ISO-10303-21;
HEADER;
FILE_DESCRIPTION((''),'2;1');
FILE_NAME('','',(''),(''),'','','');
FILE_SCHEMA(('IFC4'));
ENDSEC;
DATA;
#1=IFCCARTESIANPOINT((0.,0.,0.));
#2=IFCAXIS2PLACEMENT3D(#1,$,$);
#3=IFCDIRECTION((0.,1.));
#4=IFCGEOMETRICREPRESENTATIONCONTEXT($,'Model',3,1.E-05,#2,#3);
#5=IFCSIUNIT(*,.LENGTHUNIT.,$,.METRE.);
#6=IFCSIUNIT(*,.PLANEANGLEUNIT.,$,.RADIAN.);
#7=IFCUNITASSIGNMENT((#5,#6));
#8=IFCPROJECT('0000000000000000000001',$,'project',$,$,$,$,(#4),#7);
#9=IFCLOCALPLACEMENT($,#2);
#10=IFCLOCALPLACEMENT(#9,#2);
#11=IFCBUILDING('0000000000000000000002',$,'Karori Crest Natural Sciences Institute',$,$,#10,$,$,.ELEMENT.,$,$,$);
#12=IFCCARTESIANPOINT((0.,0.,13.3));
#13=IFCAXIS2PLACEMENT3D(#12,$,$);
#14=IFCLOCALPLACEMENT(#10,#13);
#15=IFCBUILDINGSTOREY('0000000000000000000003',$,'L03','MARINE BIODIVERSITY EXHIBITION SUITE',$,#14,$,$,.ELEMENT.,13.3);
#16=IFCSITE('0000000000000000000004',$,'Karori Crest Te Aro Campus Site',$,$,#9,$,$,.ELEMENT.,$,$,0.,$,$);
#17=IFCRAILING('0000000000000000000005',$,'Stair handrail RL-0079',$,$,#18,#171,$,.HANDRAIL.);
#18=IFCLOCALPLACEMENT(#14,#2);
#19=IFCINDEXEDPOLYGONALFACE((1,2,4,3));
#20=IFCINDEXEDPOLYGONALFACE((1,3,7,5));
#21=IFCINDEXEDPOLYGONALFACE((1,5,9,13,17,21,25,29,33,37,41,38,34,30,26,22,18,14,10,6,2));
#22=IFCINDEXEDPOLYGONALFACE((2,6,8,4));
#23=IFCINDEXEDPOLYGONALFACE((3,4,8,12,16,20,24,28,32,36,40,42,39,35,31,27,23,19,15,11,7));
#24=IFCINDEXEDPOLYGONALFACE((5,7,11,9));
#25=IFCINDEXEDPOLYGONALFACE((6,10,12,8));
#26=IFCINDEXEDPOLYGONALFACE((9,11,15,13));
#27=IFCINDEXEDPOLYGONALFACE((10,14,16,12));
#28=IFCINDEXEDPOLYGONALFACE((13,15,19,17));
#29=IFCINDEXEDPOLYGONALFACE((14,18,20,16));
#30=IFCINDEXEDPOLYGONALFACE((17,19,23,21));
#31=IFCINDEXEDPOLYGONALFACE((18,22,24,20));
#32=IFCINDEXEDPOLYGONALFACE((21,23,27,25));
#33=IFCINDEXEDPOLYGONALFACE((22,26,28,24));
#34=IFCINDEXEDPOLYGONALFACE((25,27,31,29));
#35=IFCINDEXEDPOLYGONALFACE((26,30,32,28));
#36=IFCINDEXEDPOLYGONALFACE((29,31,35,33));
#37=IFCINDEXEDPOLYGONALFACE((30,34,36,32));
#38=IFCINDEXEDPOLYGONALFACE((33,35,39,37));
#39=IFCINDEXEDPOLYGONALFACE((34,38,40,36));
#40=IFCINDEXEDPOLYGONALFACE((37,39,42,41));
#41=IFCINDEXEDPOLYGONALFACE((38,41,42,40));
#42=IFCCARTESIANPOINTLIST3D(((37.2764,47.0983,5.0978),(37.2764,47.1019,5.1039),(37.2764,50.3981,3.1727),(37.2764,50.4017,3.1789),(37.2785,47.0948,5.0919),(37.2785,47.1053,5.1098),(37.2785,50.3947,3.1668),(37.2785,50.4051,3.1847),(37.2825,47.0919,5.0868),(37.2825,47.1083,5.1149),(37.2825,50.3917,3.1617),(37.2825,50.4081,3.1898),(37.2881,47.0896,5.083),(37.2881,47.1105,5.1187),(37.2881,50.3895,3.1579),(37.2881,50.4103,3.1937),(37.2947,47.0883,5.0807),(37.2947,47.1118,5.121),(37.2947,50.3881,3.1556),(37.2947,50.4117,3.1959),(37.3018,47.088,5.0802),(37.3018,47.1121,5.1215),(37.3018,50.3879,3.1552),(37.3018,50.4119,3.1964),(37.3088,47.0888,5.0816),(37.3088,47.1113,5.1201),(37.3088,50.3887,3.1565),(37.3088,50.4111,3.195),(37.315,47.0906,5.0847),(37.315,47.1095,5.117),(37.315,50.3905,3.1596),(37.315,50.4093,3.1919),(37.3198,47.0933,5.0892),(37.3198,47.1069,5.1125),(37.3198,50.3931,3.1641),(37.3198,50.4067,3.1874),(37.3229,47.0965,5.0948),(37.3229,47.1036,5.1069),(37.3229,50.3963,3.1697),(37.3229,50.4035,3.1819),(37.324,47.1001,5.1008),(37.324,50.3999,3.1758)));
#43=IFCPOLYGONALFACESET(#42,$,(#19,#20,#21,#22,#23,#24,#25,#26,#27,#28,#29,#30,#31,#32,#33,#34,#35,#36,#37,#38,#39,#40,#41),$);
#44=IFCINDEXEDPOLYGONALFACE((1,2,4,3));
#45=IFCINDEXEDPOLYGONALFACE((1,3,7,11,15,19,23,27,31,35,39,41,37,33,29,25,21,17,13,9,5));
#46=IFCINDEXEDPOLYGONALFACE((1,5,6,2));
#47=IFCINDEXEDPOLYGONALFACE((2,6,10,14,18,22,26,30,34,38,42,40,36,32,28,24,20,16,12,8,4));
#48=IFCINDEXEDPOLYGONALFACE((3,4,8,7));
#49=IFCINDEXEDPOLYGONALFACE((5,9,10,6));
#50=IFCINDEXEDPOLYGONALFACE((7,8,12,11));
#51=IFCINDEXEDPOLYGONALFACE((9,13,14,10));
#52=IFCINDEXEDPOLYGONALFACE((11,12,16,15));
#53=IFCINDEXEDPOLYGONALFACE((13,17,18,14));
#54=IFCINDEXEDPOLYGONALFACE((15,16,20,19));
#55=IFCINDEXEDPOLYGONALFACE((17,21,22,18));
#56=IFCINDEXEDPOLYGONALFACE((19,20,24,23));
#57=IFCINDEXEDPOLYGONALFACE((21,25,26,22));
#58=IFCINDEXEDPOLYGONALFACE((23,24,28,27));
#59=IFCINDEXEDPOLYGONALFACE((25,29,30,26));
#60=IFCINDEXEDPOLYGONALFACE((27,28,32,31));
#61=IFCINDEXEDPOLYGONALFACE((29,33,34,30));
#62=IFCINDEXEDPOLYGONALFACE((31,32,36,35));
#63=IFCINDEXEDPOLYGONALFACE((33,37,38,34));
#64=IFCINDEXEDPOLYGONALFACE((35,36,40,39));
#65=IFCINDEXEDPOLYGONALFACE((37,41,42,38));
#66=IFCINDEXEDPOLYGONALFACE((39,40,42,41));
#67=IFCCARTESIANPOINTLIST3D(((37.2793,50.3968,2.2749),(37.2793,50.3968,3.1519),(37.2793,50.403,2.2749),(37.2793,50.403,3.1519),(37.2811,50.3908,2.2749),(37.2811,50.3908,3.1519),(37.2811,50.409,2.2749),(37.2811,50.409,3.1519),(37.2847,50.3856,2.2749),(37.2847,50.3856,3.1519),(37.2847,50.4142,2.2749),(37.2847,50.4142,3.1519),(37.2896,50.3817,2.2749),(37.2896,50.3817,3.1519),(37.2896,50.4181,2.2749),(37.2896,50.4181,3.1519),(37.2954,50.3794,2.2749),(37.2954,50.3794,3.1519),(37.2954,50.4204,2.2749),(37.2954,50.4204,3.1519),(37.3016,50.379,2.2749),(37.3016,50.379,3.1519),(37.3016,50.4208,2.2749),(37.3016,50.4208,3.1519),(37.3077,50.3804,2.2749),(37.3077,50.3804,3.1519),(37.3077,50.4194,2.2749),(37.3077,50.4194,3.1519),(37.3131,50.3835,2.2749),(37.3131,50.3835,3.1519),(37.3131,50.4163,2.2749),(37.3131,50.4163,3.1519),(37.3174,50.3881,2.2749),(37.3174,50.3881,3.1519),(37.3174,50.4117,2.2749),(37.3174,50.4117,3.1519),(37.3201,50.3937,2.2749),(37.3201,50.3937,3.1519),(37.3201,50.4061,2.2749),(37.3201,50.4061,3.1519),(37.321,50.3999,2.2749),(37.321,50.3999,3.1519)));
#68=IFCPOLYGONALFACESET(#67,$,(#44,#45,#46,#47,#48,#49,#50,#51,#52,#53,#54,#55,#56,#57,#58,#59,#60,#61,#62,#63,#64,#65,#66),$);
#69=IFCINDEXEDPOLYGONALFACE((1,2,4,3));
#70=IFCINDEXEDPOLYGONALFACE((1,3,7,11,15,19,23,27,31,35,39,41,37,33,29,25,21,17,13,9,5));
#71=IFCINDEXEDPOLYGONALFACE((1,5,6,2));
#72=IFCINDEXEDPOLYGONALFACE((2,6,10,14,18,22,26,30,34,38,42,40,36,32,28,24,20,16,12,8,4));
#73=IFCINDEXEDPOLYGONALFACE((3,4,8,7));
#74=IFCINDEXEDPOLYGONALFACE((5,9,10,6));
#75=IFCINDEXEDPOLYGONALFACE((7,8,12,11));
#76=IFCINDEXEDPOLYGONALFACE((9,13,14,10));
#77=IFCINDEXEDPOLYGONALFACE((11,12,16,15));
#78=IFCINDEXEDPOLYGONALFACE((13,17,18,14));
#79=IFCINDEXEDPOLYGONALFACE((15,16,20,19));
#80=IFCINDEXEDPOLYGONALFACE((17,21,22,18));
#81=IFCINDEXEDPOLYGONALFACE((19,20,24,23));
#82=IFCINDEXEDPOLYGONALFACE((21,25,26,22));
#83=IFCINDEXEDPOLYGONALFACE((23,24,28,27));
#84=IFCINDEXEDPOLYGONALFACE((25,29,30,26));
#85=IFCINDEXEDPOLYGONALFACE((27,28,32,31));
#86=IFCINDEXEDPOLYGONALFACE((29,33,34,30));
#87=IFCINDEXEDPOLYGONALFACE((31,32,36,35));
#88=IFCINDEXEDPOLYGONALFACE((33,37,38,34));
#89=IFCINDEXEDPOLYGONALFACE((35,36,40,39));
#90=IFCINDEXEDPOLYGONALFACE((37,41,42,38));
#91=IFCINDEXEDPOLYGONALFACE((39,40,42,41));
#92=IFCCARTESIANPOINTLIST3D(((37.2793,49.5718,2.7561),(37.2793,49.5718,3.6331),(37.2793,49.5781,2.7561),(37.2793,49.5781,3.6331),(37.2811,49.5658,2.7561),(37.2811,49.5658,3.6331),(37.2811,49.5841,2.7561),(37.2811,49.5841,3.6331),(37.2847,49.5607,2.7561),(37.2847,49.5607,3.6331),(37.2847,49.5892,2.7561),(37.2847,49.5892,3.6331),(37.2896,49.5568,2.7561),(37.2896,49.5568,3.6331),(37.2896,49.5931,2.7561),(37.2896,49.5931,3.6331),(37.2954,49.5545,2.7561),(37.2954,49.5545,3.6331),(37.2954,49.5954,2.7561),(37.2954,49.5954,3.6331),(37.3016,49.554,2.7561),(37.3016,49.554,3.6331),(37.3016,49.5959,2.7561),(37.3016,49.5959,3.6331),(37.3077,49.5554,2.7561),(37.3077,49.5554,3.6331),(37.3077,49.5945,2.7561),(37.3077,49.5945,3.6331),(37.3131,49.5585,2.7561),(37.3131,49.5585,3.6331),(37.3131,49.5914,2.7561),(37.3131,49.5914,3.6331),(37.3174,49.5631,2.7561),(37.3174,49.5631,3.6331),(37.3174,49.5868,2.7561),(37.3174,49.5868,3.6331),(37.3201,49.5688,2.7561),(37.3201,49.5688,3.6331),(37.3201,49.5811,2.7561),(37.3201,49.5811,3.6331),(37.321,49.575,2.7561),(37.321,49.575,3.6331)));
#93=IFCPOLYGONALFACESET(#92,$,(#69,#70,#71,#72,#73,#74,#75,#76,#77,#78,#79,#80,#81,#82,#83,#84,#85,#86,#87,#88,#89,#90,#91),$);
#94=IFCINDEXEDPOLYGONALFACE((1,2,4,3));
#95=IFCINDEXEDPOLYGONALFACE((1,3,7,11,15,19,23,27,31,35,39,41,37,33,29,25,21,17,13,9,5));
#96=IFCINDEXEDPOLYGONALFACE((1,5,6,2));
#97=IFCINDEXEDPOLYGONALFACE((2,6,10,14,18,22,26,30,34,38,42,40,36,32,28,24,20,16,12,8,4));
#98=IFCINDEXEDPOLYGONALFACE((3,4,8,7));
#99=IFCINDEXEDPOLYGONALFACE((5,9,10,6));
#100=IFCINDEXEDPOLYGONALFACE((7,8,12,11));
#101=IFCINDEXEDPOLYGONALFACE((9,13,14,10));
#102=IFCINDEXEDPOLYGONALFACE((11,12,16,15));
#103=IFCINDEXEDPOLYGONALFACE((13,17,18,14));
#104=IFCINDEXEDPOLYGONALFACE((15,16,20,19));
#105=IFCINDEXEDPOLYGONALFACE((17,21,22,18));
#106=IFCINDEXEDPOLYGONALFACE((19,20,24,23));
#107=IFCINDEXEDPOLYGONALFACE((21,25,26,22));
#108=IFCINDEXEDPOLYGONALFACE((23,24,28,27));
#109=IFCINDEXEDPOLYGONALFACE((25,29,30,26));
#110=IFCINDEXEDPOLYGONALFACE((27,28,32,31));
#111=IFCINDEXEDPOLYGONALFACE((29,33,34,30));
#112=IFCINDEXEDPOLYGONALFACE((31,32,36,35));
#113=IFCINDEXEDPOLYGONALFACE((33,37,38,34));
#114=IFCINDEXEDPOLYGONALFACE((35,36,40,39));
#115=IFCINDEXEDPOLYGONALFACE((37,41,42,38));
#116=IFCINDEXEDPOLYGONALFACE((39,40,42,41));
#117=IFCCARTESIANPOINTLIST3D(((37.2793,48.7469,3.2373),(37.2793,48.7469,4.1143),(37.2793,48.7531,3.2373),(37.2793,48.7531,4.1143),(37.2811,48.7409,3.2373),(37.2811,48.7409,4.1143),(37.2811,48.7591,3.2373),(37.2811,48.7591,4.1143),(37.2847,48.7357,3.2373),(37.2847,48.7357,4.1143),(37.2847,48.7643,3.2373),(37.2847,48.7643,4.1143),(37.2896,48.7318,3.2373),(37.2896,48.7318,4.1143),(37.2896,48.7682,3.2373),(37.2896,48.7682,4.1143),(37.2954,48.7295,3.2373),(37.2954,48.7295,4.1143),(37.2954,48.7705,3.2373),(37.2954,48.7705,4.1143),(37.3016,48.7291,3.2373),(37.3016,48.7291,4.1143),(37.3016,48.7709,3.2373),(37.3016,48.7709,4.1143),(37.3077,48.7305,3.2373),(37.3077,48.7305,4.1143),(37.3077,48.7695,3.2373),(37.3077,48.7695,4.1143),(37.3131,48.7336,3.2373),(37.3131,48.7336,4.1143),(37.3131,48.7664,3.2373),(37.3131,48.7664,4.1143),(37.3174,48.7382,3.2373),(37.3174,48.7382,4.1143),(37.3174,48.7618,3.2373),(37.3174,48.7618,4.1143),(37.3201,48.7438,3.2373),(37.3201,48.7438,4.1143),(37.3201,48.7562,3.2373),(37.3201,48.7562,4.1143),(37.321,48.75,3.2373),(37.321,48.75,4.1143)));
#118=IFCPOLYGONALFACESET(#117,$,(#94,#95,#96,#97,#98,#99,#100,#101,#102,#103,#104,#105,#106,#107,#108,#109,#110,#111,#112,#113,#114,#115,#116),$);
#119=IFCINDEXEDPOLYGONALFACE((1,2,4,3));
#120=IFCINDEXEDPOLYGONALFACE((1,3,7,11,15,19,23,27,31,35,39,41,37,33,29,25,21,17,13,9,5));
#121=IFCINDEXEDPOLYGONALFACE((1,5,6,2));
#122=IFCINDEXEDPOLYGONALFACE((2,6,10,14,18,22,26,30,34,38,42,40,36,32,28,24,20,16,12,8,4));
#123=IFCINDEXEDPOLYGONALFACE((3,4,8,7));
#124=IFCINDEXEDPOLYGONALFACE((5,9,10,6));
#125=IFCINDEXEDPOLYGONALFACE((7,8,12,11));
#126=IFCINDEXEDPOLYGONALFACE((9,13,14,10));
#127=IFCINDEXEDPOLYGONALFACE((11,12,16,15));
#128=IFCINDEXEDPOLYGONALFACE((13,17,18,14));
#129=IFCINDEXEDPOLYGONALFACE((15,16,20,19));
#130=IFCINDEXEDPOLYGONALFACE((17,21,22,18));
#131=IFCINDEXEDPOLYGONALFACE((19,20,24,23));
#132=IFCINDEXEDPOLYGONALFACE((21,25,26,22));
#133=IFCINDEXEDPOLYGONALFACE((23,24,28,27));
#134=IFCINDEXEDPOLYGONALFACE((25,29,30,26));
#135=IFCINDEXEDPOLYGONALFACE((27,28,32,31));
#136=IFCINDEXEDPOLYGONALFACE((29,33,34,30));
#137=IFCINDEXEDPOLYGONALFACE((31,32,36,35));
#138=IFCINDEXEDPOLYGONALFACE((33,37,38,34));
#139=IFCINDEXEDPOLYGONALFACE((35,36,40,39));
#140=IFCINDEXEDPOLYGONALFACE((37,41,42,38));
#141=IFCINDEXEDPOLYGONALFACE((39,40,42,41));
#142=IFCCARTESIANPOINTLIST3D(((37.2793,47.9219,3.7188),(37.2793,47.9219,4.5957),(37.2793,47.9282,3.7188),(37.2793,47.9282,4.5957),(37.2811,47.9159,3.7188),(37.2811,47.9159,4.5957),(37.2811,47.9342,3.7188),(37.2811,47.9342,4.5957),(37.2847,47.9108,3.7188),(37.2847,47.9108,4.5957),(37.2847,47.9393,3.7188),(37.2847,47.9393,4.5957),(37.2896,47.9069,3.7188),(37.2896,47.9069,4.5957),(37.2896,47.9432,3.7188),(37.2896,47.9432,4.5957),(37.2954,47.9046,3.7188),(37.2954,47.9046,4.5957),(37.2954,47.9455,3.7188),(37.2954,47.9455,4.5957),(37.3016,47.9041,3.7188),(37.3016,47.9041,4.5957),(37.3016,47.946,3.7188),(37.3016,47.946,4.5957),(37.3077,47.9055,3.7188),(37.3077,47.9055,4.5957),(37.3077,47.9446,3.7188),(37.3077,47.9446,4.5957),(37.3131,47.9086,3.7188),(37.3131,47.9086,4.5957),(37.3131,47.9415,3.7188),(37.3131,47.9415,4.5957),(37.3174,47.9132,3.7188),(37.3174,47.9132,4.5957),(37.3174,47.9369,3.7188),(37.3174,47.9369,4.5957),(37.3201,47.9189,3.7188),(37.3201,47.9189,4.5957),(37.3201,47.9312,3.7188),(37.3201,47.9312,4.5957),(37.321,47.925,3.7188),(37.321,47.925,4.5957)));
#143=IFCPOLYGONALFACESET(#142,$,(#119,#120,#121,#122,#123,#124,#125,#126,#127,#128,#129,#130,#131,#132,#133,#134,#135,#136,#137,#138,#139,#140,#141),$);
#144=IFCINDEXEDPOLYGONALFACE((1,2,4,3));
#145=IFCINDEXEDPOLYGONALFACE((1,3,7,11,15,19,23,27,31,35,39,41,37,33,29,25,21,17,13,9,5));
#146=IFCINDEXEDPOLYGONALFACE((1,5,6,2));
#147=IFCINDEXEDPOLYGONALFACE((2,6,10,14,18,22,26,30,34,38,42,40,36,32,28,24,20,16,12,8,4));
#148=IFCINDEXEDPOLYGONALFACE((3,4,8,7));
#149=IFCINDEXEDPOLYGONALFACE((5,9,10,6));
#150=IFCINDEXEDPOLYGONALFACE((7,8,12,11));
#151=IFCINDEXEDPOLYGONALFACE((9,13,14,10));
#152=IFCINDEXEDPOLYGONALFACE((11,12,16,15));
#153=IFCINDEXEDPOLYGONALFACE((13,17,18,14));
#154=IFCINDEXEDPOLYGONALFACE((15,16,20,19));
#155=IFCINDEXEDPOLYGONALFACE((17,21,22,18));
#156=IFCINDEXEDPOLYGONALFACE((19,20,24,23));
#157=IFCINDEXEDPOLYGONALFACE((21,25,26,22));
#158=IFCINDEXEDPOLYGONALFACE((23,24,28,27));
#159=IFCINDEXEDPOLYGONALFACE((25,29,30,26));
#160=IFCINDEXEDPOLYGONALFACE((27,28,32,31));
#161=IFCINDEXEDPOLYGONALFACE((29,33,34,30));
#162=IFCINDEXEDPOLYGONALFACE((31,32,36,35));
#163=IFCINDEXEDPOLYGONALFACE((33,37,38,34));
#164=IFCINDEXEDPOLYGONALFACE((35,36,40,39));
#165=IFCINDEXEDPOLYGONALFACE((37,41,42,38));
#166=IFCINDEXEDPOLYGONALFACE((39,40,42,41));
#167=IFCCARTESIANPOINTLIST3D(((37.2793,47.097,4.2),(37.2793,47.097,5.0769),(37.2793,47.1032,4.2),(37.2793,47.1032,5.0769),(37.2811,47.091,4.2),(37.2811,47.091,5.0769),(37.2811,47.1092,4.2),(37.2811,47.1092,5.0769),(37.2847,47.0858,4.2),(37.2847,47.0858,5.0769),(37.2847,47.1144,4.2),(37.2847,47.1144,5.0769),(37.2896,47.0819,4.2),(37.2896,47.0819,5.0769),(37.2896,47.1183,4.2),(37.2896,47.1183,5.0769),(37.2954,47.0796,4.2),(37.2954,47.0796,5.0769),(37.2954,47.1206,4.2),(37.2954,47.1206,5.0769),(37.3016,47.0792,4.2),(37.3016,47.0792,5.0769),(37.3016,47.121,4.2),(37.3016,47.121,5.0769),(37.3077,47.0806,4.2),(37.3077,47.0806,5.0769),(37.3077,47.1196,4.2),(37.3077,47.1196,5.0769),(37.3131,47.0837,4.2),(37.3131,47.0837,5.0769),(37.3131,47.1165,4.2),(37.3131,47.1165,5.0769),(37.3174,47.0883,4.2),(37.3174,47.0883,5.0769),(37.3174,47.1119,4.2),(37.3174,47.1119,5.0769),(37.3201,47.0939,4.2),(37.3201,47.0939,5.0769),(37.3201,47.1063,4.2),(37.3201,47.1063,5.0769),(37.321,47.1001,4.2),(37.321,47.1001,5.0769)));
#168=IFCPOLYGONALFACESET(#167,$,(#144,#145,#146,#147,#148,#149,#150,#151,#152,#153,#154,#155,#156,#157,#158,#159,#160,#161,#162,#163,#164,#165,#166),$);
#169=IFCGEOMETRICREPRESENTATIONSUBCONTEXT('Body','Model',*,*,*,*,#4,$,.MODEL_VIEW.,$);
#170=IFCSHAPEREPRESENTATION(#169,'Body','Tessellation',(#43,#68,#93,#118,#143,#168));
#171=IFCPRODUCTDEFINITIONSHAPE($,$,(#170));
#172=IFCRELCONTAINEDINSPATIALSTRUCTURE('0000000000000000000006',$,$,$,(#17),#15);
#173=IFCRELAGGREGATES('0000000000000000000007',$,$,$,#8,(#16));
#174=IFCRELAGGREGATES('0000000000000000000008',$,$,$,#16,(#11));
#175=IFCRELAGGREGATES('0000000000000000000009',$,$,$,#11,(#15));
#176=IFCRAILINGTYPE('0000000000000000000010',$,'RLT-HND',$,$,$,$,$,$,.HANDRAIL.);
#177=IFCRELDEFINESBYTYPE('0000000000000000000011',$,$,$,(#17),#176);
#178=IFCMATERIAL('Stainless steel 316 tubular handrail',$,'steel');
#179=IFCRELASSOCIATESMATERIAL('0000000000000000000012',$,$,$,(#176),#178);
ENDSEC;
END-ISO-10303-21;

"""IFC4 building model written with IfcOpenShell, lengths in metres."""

from ifc_helpers import new_model, si_unit, direction, frame, origin, origin_2d, place, context, subcontext, project, spatial, circle, extrude, material, type_object, element, save


model = new_model("IFC4")

# Units and contexts
model_context = context("Model", 3, precision=1e-05, world=origin(), true_north=direction((0.0, 1.0)))
body_context = subcontext(model_context, "Body", "Model", "MODEL_VIEW")
ifc_project = project(units=[si_unit("LENGTHUNIT", "METRE"), si_unit("PLANEANGLEUNIT", "RADIAN")], contexts=[model_context])

# Site, building, storey
site_placement = place(None, origin())
site = spatial("IfcSite", under=ifc_project, at=site_placement, Name="Karori Crest Te Aro Campus Site", CompositionType="ELEMENT", RefElevation=0.0)
building_placement = place(site_placement, origin())
building = spatial("IfcBuilding", under=site, at=building_placement, Name="Karori Crest Natural Sciences Institute", CompositionType="ELEMENT")
storey_placement = place(building_placement, frame((0.0, 0.0, 13.3)))
storey = spatial("IfcBuildingStorey", under=building, at=storey_placement, Name="L03", Description="MARINE BIODIVERSITY EXHIBITION SUITE", CompositionType="ELEMENT", Elevation=13.3)

# Railing
ifc_material_1 = material(Name="Stainless steel 316 tubular handrail", Category="steel")
railing_type_1 = type_object("IfcRailingType", Name="RLT-HND", PredefinedType="HANDRAIL", material=ifc_material_1)
railing_1_placement = place(storey_placement, frame((37.3, 50.3999, 2.2749)))
element("IfcRailing", 1, at=railing_1_placement, inside=storey, type_object=railing_type_1, Name="Stair handrail RL-0079", PredefinedType="HANDRAIL", context=body_context, shape_type="SweptSolid", body=[
    extrude(circle(Radius=0.0239, at=origin_2d()), frame((0.0, 0.0, 0.9009), z_axis=(0.0, -0.86376, 0.503903), x_axis=(1.0, 0.0, 0.0)), (0.0, 0.0, 1.0), 3.8203),
    extrude(circle(Radius=0.021, at=origin_2d()), origin(), (0.0, 0.0, 1.0), 0.877),
    extrude(circle(Radius=0.021, at=origin_2d()), frame((0.0, -0.825, 0.4812)), (0.0, 0.0, 1.0), 0.877),
    extrude(circle(Radius=0.021, at=origin_2d()), frame((0.0, -1.6499, 0.9624)), (0.0, 0.0, 1.0), 0.877),
    extrude(circle(Radius=0.021, at=origin_2d()), frame((0.0, -2.4749, 1.4438)), (0.0, 0.0, 1.0), 0.877),
    extrude(circle(Radius=0.021, at=origin_2d()), frame((0.0, -3.2998, 1.925)), (0.0, 0.0, 1.0), 0.877),
])

save(model, "model.ifc")
